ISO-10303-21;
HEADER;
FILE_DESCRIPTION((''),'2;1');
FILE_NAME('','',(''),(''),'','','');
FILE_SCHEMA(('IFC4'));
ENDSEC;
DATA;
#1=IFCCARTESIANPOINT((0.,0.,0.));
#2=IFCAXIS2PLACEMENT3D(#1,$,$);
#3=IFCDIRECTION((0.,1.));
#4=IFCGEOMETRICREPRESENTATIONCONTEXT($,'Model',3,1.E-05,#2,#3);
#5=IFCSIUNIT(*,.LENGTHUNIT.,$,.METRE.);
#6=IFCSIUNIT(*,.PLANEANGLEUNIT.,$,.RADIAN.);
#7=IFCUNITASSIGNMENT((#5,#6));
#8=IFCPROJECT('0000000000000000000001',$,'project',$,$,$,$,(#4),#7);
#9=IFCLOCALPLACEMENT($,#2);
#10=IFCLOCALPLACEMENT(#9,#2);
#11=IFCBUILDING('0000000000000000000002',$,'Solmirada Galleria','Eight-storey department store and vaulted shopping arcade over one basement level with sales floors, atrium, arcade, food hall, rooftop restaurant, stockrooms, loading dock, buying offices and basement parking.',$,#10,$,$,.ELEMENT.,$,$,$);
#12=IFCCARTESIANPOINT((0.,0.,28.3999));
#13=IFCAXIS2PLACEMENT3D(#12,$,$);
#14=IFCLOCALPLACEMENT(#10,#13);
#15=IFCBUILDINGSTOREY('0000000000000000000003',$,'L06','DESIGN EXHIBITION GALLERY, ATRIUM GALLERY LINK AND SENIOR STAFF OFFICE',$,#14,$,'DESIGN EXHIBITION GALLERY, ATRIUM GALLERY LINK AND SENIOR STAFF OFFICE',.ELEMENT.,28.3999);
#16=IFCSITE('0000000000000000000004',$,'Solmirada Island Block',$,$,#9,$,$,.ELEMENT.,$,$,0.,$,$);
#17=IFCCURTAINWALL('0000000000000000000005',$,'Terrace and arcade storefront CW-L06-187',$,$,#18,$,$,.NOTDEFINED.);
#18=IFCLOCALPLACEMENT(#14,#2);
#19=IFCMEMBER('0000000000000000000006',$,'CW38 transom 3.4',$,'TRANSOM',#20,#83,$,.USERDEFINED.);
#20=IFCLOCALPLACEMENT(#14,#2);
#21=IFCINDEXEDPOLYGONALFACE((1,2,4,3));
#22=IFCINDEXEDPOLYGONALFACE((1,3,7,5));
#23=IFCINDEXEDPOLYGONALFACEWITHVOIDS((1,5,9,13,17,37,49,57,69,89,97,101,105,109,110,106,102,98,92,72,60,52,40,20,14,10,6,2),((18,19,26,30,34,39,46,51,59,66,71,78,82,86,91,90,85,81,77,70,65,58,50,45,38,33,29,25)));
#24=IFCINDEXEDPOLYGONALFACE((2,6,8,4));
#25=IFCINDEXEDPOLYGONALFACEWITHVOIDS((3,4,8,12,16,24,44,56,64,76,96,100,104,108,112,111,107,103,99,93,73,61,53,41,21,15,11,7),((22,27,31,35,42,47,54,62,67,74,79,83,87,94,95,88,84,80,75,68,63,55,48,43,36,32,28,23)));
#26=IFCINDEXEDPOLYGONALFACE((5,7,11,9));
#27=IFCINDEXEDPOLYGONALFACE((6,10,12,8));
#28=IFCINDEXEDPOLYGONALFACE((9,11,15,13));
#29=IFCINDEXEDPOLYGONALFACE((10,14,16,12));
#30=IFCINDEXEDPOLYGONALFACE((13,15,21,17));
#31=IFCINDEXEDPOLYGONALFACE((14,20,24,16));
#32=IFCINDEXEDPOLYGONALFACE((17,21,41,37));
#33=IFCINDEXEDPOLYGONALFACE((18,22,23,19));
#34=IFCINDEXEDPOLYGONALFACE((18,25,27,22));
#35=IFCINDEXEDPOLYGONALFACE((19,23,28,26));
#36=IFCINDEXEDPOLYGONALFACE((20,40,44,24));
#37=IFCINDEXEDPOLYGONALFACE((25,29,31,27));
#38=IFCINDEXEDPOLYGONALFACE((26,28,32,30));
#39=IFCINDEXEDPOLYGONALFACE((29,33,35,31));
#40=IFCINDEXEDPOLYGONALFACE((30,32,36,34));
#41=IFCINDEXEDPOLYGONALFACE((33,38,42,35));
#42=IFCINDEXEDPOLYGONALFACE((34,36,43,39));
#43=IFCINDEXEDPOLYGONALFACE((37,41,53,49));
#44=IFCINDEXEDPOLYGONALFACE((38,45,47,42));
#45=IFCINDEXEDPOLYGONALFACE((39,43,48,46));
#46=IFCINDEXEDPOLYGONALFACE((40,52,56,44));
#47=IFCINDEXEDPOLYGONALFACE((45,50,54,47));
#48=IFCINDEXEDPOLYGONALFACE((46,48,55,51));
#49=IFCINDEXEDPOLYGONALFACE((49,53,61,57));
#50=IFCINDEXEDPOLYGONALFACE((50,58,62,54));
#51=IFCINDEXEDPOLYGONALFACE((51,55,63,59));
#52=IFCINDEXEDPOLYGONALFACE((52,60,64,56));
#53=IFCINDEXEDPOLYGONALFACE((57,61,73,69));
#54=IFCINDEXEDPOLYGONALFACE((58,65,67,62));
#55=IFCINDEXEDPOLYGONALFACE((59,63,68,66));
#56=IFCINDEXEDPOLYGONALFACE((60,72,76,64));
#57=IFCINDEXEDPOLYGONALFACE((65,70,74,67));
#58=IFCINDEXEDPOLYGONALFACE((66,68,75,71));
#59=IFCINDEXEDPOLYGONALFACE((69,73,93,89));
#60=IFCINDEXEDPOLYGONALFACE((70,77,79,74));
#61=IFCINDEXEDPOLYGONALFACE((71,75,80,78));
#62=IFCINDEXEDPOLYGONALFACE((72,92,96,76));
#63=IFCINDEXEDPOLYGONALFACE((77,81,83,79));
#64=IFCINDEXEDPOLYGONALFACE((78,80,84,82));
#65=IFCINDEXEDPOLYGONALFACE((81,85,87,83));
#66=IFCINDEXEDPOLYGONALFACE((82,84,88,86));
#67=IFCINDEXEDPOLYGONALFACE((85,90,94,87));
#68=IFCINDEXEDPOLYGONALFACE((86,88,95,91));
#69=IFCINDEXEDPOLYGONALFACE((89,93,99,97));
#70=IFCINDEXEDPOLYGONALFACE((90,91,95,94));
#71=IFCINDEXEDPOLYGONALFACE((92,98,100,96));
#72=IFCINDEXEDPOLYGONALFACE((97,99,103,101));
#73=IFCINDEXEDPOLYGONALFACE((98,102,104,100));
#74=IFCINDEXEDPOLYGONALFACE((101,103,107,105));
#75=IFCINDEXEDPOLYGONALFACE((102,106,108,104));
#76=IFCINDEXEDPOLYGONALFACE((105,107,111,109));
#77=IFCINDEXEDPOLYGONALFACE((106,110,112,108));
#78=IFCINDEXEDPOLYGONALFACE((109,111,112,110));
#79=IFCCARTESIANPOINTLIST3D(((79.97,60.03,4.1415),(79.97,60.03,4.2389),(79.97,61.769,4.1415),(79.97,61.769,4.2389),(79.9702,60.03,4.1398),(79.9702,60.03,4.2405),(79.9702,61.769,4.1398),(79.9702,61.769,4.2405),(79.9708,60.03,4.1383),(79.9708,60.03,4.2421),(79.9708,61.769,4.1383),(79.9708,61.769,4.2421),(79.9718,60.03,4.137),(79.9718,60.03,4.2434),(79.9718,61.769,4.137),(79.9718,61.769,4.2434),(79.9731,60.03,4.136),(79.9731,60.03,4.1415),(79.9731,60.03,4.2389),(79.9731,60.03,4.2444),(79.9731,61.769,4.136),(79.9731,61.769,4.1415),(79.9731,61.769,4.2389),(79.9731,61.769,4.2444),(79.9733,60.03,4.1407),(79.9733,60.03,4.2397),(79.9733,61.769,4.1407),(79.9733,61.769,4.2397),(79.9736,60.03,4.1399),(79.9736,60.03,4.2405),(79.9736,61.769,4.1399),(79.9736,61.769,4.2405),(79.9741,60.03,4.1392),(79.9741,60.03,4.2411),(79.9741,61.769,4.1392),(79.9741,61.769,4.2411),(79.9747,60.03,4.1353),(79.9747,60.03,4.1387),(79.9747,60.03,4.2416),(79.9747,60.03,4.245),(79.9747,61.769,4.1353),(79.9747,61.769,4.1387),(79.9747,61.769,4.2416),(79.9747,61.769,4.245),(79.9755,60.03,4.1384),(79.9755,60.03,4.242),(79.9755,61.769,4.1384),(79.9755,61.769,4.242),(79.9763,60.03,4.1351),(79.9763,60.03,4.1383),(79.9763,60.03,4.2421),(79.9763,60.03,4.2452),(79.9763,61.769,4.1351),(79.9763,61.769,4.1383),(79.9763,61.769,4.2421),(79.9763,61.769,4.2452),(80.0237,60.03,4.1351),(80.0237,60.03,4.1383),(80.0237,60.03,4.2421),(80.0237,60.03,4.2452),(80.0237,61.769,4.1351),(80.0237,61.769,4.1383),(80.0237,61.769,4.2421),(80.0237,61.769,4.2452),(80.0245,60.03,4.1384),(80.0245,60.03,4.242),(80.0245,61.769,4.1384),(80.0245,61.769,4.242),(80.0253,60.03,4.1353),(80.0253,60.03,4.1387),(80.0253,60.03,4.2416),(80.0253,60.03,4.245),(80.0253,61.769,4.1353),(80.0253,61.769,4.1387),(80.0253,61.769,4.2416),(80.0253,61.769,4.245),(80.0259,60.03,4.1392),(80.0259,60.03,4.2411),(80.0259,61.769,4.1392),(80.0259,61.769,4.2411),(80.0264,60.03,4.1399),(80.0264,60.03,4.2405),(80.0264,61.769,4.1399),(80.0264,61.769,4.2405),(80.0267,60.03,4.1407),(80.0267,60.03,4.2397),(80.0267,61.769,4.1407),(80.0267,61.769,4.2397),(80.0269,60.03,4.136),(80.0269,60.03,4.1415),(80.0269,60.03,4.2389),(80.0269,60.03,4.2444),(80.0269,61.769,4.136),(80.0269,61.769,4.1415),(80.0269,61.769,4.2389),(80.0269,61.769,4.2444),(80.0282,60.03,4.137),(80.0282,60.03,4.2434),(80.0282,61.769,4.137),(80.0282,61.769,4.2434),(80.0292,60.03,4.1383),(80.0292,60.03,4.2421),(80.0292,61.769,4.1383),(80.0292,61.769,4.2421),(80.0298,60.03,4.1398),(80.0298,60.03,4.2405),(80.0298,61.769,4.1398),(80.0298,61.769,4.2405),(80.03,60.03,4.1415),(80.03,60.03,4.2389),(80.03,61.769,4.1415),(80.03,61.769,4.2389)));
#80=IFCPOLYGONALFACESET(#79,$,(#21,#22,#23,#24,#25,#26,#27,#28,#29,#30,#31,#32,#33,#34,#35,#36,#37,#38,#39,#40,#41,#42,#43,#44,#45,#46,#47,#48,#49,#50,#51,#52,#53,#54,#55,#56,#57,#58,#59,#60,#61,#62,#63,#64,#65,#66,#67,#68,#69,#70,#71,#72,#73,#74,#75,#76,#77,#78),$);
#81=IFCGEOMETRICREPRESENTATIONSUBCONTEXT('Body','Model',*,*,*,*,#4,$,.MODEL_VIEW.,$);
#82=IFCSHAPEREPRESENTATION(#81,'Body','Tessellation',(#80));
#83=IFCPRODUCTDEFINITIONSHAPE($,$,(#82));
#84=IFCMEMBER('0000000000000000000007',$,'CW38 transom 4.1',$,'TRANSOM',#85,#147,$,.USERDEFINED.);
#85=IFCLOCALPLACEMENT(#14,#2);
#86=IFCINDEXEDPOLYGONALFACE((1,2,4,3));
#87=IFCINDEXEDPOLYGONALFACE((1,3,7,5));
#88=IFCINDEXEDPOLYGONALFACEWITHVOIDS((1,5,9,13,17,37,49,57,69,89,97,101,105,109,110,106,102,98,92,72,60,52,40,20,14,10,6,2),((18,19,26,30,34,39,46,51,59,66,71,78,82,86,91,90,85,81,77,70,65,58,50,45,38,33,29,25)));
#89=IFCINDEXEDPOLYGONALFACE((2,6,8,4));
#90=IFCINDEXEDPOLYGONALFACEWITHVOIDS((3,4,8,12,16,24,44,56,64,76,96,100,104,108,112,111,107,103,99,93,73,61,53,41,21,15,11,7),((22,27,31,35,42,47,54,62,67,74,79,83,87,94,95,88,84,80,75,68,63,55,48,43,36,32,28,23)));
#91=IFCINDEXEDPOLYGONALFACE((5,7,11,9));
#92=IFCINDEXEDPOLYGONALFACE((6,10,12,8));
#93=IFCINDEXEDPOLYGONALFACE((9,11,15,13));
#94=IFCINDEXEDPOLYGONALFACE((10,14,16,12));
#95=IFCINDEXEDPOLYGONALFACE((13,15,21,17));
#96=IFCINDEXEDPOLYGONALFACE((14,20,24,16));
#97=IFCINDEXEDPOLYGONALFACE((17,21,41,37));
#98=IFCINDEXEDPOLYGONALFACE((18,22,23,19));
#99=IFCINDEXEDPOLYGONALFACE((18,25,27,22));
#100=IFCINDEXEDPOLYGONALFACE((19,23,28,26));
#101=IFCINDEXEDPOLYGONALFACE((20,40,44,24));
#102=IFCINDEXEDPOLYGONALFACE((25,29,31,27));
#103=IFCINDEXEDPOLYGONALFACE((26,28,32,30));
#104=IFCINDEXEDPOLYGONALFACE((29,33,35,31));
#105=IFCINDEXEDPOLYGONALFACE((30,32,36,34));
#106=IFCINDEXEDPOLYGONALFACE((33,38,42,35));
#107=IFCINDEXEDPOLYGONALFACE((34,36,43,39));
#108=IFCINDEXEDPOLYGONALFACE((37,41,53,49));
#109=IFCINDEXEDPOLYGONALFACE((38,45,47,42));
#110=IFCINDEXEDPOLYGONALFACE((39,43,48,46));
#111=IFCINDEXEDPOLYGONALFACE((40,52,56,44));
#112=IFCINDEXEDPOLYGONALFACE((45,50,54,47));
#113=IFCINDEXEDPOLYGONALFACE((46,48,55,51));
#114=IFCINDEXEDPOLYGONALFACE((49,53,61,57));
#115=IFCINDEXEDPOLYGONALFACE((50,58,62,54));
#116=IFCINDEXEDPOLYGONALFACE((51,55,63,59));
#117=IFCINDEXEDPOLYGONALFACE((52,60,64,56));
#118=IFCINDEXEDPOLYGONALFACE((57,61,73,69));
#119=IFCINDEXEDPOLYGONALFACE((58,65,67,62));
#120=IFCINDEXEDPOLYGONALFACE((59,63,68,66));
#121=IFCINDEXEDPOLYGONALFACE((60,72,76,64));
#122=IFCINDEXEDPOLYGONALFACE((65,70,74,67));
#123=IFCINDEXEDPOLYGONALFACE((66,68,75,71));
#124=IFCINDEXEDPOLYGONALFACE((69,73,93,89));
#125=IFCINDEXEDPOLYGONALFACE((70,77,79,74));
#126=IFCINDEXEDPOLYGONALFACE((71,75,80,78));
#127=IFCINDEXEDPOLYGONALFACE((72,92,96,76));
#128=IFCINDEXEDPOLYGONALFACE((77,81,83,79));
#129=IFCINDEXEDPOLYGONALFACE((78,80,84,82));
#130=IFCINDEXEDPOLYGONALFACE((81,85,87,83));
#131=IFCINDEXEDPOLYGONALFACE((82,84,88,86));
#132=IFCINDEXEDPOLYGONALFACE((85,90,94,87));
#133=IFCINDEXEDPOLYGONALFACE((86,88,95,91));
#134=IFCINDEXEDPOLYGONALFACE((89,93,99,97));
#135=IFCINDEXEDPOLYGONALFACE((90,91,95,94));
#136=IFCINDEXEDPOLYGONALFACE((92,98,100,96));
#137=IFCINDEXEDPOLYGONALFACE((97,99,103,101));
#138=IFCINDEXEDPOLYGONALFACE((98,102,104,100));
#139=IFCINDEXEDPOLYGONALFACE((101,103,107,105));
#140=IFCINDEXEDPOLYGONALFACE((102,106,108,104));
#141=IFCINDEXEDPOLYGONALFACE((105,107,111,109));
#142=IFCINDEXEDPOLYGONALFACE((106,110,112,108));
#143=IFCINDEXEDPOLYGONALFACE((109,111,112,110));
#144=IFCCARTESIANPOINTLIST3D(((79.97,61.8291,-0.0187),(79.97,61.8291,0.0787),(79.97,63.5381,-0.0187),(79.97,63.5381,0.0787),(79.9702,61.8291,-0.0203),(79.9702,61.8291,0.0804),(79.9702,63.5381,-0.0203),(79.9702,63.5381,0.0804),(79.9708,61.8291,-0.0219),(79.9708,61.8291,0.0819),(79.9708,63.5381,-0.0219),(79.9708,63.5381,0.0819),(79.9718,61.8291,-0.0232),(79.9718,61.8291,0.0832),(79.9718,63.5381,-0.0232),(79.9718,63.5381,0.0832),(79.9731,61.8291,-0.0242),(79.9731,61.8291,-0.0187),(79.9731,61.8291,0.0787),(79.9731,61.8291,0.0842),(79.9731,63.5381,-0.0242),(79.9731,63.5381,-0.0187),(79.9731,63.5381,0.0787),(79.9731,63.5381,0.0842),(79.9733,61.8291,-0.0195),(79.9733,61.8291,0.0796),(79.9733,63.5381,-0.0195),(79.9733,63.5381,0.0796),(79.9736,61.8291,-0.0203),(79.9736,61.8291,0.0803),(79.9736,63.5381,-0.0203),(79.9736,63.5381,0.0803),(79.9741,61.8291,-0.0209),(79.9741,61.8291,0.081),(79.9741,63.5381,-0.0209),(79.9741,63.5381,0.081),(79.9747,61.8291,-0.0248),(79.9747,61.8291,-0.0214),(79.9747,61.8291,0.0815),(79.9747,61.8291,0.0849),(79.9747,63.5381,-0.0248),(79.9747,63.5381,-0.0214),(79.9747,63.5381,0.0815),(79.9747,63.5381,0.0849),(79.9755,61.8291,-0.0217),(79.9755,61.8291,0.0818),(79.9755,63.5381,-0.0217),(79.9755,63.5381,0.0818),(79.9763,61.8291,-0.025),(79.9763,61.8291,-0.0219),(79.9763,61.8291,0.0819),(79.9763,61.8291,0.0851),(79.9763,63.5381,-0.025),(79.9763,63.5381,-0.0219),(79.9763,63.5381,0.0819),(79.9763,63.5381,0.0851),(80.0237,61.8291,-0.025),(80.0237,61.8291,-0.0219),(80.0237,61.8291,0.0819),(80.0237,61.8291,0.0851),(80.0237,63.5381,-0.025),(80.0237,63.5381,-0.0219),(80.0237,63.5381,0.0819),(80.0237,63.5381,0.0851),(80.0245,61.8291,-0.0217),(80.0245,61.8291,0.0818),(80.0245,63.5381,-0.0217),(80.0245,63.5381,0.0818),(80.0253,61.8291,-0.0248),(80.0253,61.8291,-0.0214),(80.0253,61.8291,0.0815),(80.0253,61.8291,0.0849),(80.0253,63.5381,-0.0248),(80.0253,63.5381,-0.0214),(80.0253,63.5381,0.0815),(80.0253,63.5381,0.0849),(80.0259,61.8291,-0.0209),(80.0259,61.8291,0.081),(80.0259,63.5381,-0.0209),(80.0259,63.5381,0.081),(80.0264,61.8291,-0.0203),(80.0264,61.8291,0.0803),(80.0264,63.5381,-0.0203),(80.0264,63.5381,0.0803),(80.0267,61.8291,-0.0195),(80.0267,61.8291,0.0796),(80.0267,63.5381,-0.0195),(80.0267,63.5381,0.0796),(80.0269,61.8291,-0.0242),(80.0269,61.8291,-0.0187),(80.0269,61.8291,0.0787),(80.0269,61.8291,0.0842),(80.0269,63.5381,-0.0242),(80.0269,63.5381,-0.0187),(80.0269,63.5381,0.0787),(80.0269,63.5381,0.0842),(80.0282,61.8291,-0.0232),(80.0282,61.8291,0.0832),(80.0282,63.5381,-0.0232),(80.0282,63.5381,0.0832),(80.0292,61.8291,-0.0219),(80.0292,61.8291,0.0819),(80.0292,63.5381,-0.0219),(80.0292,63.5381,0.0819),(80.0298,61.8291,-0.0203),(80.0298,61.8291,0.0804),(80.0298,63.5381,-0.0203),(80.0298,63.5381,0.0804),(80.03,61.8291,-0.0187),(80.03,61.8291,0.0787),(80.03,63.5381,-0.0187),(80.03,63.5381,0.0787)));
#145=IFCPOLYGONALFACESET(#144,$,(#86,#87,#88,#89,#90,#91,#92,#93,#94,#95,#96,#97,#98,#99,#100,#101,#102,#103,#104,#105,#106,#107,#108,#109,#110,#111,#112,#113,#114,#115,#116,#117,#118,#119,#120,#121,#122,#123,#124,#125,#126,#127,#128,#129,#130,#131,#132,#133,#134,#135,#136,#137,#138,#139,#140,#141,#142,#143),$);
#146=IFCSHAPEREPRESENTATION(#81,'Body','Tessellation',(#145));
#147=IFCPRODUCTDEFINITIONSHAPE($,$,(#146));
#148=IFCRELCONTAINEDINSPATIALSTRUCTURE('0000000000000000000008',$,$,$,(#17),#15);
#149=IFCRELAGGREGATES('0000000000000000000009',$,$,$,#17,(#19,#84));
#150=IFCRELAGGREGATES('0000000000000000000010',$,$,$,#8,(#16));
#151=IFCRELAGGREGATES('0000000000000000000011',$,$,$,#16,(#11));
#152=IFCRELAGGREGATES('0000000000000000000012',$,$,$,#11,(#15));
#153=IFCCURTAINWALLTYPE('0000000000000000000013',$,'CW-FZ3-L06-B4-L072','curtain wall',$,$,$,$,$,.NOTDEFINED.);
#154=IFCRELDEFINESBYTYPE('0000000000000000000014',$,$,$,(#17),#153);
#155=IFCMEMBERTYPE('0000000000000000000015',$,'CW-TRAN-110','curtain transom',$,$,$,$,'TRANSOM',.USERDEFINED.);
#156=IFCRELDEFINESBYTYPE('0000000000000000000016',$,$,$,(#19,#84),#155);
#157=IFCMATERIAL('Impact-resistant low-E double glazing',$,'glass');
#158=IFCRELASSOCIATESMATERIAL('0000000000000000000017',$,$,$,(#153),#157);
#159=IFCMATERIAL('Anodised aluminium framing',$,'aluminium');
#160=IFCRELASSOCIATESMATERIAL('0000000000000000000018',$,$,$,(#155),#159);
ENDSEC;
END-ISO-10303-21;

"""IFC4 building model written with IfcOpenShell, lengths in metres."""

from ifc_helpers import new_model, si_unit, direction, frame, origin, origin_2d, place, context, subcontext, project, spatial, hollow_rectangle, extrude, material, material_profile, profile_set, type_object, element, aggregate, save


model = new_model("IFC4")

# Units and contexts
model_context = context("Model", 3, precision=1e-05, world=origin(), true_north=direction((0.0, 1.0)))
body_context = subcontext(model_context, "Body", "Model", "MODEL_VIEW")
ifc_project = project(units=[si_unit("LENGTHUNIT", "METRE"), si_unit("PLANEANGLEUNIT", "RADIAN")], contexts=[model_context])

# Site, building, storey
site_placement = place(None, origin())
site = spatial("IfcSite", under=ifc_project, at=site_placement, Name="Solmirada Island Block", CompositionType="ELEMENT", RefElevation=0.0)
building_placement = place(site_placement, origin())
building = spatial("IfcBuilding", under=site, at=building_placement, Name="Solmirada Galleria", Description="Eight-storey department store and vaulted shopping arcade over one basement level with sales floors, atrium, arcade, food hall, rooftop restaurant, stockrooms, loading dock, buying offices and basement parking.", CompositionType="ELEMENT")
storey_placement = place(building_placement, frame((0.0, 0.0, 28.3999)))
storey = spatial("IfcBuildingStorey", under=building, at=storey_placement, Name="L06", Description="DESIGN EXHIBITION GALLERY, ATRIUM GALLERY LINK AND SENIOR STAFF OFFICE", LongName="DESIGN EXHIBITION GALLERY, ATRIUM GALLERY LINK AND SENIOR STAFF OFFICE", CompositionType="ELEMENT", Elevation=28.3999)

# Shared definitions
ifc_material_1 = material(Name="Impact-resistant low-E double glazing", Category="glass")
curtain_wall_type = type_object("IfcCurtainWallType", Name="CW-FZ3-L06-B4-L072", Description="curtain wall", PredefinedType="NOTDEFINED", material=ifc_material_1)
ifc_material_2 = material(Name="Anodised aluminium framing", Category="aluminium")

# Curtain wall, members
curtain_wall_1_placement = place(storey_placement, origin())
curtain_wall_1 = element("IfcCurtainWall", 1, at=curtain_wall_1_placement, inside=storey, type_object=curtain_wall_type, Name="Terrace and arcade storefront CW-L06-187", PredefinedType="NOTDEFINED")
ifc_material_profile_1 = material_profile(ifc_material_2, hollow_rectangle(XDim=0.0601, YDim=0.1101, WallThickness=0.0032, InnerFilletRadius=0.0032, OuterFilletRadius=0.0063, at=origin_2d()), Name="ALU-TRAN-110X60")
ifc_profile_set_1 = profile_set([ifc_material_profile_1], Name="Anodised aluminium framing")
member_type_1 = type_object("IfcMemberType", Name="CW-TRAN-110", Description="curtain transom", ElementType="TRANSOM", PredefinedType="USERDEFINED", material=ifc_profile_set_1)
member_1_placement = place(storey_placement, frame((80.0, 60.03, 4.1902), z_axis=(0.0, 1.0, 0.0), x_axis=(-1.0, 0.0, 0.0)))
member_1 = element("IfcMember", 2, at=member_1_placement, type_object=member_type_1, Name="CW38 transom 3.4", ObjectType="TRANSOM", PredefinedType="USERDEFINED", context=body_context, shape_type="SweptSolid", body=[
    extrude(hollow_rectangle(XDim=0.0601, YDim=0.1101, WallThickness=0.0032, InnerFilletRadius=0.0032, OuterFilletRadius=0.0063, at=origin_2d()), origin(), (0.0, 0.0, 1.0), 1.739),
])
member_2_placement = place(storey_placement, frame((80.0, 61.8291, 0.03), z_axis=(0.0, 1.0, 0.0), x_axis=(-1.0, 0.0, 0.0)))
member_2 = element("IfcMember", 3, at=member_2_placement, type_object=member_type_1, Name="CW38 transom 4.1", ObjectType="TRANSOM", PredefinedType="USERDEFINED", context=body_context, shape_type="SweptSolid", body=[
    extrude(hollow_rectangle(XDim=0.0601, YDim=0.1101, WallThickness=0.0032, InnerFilletRadius=0.0032, OuterFilletRadius=0.0063, at=origin_2d()), origin(), (0.0, 0.0, 1.0), 1.709),
])

aggregate(curtain_wall_1, [member_1, member_2])

save(model, "model.ifc")
